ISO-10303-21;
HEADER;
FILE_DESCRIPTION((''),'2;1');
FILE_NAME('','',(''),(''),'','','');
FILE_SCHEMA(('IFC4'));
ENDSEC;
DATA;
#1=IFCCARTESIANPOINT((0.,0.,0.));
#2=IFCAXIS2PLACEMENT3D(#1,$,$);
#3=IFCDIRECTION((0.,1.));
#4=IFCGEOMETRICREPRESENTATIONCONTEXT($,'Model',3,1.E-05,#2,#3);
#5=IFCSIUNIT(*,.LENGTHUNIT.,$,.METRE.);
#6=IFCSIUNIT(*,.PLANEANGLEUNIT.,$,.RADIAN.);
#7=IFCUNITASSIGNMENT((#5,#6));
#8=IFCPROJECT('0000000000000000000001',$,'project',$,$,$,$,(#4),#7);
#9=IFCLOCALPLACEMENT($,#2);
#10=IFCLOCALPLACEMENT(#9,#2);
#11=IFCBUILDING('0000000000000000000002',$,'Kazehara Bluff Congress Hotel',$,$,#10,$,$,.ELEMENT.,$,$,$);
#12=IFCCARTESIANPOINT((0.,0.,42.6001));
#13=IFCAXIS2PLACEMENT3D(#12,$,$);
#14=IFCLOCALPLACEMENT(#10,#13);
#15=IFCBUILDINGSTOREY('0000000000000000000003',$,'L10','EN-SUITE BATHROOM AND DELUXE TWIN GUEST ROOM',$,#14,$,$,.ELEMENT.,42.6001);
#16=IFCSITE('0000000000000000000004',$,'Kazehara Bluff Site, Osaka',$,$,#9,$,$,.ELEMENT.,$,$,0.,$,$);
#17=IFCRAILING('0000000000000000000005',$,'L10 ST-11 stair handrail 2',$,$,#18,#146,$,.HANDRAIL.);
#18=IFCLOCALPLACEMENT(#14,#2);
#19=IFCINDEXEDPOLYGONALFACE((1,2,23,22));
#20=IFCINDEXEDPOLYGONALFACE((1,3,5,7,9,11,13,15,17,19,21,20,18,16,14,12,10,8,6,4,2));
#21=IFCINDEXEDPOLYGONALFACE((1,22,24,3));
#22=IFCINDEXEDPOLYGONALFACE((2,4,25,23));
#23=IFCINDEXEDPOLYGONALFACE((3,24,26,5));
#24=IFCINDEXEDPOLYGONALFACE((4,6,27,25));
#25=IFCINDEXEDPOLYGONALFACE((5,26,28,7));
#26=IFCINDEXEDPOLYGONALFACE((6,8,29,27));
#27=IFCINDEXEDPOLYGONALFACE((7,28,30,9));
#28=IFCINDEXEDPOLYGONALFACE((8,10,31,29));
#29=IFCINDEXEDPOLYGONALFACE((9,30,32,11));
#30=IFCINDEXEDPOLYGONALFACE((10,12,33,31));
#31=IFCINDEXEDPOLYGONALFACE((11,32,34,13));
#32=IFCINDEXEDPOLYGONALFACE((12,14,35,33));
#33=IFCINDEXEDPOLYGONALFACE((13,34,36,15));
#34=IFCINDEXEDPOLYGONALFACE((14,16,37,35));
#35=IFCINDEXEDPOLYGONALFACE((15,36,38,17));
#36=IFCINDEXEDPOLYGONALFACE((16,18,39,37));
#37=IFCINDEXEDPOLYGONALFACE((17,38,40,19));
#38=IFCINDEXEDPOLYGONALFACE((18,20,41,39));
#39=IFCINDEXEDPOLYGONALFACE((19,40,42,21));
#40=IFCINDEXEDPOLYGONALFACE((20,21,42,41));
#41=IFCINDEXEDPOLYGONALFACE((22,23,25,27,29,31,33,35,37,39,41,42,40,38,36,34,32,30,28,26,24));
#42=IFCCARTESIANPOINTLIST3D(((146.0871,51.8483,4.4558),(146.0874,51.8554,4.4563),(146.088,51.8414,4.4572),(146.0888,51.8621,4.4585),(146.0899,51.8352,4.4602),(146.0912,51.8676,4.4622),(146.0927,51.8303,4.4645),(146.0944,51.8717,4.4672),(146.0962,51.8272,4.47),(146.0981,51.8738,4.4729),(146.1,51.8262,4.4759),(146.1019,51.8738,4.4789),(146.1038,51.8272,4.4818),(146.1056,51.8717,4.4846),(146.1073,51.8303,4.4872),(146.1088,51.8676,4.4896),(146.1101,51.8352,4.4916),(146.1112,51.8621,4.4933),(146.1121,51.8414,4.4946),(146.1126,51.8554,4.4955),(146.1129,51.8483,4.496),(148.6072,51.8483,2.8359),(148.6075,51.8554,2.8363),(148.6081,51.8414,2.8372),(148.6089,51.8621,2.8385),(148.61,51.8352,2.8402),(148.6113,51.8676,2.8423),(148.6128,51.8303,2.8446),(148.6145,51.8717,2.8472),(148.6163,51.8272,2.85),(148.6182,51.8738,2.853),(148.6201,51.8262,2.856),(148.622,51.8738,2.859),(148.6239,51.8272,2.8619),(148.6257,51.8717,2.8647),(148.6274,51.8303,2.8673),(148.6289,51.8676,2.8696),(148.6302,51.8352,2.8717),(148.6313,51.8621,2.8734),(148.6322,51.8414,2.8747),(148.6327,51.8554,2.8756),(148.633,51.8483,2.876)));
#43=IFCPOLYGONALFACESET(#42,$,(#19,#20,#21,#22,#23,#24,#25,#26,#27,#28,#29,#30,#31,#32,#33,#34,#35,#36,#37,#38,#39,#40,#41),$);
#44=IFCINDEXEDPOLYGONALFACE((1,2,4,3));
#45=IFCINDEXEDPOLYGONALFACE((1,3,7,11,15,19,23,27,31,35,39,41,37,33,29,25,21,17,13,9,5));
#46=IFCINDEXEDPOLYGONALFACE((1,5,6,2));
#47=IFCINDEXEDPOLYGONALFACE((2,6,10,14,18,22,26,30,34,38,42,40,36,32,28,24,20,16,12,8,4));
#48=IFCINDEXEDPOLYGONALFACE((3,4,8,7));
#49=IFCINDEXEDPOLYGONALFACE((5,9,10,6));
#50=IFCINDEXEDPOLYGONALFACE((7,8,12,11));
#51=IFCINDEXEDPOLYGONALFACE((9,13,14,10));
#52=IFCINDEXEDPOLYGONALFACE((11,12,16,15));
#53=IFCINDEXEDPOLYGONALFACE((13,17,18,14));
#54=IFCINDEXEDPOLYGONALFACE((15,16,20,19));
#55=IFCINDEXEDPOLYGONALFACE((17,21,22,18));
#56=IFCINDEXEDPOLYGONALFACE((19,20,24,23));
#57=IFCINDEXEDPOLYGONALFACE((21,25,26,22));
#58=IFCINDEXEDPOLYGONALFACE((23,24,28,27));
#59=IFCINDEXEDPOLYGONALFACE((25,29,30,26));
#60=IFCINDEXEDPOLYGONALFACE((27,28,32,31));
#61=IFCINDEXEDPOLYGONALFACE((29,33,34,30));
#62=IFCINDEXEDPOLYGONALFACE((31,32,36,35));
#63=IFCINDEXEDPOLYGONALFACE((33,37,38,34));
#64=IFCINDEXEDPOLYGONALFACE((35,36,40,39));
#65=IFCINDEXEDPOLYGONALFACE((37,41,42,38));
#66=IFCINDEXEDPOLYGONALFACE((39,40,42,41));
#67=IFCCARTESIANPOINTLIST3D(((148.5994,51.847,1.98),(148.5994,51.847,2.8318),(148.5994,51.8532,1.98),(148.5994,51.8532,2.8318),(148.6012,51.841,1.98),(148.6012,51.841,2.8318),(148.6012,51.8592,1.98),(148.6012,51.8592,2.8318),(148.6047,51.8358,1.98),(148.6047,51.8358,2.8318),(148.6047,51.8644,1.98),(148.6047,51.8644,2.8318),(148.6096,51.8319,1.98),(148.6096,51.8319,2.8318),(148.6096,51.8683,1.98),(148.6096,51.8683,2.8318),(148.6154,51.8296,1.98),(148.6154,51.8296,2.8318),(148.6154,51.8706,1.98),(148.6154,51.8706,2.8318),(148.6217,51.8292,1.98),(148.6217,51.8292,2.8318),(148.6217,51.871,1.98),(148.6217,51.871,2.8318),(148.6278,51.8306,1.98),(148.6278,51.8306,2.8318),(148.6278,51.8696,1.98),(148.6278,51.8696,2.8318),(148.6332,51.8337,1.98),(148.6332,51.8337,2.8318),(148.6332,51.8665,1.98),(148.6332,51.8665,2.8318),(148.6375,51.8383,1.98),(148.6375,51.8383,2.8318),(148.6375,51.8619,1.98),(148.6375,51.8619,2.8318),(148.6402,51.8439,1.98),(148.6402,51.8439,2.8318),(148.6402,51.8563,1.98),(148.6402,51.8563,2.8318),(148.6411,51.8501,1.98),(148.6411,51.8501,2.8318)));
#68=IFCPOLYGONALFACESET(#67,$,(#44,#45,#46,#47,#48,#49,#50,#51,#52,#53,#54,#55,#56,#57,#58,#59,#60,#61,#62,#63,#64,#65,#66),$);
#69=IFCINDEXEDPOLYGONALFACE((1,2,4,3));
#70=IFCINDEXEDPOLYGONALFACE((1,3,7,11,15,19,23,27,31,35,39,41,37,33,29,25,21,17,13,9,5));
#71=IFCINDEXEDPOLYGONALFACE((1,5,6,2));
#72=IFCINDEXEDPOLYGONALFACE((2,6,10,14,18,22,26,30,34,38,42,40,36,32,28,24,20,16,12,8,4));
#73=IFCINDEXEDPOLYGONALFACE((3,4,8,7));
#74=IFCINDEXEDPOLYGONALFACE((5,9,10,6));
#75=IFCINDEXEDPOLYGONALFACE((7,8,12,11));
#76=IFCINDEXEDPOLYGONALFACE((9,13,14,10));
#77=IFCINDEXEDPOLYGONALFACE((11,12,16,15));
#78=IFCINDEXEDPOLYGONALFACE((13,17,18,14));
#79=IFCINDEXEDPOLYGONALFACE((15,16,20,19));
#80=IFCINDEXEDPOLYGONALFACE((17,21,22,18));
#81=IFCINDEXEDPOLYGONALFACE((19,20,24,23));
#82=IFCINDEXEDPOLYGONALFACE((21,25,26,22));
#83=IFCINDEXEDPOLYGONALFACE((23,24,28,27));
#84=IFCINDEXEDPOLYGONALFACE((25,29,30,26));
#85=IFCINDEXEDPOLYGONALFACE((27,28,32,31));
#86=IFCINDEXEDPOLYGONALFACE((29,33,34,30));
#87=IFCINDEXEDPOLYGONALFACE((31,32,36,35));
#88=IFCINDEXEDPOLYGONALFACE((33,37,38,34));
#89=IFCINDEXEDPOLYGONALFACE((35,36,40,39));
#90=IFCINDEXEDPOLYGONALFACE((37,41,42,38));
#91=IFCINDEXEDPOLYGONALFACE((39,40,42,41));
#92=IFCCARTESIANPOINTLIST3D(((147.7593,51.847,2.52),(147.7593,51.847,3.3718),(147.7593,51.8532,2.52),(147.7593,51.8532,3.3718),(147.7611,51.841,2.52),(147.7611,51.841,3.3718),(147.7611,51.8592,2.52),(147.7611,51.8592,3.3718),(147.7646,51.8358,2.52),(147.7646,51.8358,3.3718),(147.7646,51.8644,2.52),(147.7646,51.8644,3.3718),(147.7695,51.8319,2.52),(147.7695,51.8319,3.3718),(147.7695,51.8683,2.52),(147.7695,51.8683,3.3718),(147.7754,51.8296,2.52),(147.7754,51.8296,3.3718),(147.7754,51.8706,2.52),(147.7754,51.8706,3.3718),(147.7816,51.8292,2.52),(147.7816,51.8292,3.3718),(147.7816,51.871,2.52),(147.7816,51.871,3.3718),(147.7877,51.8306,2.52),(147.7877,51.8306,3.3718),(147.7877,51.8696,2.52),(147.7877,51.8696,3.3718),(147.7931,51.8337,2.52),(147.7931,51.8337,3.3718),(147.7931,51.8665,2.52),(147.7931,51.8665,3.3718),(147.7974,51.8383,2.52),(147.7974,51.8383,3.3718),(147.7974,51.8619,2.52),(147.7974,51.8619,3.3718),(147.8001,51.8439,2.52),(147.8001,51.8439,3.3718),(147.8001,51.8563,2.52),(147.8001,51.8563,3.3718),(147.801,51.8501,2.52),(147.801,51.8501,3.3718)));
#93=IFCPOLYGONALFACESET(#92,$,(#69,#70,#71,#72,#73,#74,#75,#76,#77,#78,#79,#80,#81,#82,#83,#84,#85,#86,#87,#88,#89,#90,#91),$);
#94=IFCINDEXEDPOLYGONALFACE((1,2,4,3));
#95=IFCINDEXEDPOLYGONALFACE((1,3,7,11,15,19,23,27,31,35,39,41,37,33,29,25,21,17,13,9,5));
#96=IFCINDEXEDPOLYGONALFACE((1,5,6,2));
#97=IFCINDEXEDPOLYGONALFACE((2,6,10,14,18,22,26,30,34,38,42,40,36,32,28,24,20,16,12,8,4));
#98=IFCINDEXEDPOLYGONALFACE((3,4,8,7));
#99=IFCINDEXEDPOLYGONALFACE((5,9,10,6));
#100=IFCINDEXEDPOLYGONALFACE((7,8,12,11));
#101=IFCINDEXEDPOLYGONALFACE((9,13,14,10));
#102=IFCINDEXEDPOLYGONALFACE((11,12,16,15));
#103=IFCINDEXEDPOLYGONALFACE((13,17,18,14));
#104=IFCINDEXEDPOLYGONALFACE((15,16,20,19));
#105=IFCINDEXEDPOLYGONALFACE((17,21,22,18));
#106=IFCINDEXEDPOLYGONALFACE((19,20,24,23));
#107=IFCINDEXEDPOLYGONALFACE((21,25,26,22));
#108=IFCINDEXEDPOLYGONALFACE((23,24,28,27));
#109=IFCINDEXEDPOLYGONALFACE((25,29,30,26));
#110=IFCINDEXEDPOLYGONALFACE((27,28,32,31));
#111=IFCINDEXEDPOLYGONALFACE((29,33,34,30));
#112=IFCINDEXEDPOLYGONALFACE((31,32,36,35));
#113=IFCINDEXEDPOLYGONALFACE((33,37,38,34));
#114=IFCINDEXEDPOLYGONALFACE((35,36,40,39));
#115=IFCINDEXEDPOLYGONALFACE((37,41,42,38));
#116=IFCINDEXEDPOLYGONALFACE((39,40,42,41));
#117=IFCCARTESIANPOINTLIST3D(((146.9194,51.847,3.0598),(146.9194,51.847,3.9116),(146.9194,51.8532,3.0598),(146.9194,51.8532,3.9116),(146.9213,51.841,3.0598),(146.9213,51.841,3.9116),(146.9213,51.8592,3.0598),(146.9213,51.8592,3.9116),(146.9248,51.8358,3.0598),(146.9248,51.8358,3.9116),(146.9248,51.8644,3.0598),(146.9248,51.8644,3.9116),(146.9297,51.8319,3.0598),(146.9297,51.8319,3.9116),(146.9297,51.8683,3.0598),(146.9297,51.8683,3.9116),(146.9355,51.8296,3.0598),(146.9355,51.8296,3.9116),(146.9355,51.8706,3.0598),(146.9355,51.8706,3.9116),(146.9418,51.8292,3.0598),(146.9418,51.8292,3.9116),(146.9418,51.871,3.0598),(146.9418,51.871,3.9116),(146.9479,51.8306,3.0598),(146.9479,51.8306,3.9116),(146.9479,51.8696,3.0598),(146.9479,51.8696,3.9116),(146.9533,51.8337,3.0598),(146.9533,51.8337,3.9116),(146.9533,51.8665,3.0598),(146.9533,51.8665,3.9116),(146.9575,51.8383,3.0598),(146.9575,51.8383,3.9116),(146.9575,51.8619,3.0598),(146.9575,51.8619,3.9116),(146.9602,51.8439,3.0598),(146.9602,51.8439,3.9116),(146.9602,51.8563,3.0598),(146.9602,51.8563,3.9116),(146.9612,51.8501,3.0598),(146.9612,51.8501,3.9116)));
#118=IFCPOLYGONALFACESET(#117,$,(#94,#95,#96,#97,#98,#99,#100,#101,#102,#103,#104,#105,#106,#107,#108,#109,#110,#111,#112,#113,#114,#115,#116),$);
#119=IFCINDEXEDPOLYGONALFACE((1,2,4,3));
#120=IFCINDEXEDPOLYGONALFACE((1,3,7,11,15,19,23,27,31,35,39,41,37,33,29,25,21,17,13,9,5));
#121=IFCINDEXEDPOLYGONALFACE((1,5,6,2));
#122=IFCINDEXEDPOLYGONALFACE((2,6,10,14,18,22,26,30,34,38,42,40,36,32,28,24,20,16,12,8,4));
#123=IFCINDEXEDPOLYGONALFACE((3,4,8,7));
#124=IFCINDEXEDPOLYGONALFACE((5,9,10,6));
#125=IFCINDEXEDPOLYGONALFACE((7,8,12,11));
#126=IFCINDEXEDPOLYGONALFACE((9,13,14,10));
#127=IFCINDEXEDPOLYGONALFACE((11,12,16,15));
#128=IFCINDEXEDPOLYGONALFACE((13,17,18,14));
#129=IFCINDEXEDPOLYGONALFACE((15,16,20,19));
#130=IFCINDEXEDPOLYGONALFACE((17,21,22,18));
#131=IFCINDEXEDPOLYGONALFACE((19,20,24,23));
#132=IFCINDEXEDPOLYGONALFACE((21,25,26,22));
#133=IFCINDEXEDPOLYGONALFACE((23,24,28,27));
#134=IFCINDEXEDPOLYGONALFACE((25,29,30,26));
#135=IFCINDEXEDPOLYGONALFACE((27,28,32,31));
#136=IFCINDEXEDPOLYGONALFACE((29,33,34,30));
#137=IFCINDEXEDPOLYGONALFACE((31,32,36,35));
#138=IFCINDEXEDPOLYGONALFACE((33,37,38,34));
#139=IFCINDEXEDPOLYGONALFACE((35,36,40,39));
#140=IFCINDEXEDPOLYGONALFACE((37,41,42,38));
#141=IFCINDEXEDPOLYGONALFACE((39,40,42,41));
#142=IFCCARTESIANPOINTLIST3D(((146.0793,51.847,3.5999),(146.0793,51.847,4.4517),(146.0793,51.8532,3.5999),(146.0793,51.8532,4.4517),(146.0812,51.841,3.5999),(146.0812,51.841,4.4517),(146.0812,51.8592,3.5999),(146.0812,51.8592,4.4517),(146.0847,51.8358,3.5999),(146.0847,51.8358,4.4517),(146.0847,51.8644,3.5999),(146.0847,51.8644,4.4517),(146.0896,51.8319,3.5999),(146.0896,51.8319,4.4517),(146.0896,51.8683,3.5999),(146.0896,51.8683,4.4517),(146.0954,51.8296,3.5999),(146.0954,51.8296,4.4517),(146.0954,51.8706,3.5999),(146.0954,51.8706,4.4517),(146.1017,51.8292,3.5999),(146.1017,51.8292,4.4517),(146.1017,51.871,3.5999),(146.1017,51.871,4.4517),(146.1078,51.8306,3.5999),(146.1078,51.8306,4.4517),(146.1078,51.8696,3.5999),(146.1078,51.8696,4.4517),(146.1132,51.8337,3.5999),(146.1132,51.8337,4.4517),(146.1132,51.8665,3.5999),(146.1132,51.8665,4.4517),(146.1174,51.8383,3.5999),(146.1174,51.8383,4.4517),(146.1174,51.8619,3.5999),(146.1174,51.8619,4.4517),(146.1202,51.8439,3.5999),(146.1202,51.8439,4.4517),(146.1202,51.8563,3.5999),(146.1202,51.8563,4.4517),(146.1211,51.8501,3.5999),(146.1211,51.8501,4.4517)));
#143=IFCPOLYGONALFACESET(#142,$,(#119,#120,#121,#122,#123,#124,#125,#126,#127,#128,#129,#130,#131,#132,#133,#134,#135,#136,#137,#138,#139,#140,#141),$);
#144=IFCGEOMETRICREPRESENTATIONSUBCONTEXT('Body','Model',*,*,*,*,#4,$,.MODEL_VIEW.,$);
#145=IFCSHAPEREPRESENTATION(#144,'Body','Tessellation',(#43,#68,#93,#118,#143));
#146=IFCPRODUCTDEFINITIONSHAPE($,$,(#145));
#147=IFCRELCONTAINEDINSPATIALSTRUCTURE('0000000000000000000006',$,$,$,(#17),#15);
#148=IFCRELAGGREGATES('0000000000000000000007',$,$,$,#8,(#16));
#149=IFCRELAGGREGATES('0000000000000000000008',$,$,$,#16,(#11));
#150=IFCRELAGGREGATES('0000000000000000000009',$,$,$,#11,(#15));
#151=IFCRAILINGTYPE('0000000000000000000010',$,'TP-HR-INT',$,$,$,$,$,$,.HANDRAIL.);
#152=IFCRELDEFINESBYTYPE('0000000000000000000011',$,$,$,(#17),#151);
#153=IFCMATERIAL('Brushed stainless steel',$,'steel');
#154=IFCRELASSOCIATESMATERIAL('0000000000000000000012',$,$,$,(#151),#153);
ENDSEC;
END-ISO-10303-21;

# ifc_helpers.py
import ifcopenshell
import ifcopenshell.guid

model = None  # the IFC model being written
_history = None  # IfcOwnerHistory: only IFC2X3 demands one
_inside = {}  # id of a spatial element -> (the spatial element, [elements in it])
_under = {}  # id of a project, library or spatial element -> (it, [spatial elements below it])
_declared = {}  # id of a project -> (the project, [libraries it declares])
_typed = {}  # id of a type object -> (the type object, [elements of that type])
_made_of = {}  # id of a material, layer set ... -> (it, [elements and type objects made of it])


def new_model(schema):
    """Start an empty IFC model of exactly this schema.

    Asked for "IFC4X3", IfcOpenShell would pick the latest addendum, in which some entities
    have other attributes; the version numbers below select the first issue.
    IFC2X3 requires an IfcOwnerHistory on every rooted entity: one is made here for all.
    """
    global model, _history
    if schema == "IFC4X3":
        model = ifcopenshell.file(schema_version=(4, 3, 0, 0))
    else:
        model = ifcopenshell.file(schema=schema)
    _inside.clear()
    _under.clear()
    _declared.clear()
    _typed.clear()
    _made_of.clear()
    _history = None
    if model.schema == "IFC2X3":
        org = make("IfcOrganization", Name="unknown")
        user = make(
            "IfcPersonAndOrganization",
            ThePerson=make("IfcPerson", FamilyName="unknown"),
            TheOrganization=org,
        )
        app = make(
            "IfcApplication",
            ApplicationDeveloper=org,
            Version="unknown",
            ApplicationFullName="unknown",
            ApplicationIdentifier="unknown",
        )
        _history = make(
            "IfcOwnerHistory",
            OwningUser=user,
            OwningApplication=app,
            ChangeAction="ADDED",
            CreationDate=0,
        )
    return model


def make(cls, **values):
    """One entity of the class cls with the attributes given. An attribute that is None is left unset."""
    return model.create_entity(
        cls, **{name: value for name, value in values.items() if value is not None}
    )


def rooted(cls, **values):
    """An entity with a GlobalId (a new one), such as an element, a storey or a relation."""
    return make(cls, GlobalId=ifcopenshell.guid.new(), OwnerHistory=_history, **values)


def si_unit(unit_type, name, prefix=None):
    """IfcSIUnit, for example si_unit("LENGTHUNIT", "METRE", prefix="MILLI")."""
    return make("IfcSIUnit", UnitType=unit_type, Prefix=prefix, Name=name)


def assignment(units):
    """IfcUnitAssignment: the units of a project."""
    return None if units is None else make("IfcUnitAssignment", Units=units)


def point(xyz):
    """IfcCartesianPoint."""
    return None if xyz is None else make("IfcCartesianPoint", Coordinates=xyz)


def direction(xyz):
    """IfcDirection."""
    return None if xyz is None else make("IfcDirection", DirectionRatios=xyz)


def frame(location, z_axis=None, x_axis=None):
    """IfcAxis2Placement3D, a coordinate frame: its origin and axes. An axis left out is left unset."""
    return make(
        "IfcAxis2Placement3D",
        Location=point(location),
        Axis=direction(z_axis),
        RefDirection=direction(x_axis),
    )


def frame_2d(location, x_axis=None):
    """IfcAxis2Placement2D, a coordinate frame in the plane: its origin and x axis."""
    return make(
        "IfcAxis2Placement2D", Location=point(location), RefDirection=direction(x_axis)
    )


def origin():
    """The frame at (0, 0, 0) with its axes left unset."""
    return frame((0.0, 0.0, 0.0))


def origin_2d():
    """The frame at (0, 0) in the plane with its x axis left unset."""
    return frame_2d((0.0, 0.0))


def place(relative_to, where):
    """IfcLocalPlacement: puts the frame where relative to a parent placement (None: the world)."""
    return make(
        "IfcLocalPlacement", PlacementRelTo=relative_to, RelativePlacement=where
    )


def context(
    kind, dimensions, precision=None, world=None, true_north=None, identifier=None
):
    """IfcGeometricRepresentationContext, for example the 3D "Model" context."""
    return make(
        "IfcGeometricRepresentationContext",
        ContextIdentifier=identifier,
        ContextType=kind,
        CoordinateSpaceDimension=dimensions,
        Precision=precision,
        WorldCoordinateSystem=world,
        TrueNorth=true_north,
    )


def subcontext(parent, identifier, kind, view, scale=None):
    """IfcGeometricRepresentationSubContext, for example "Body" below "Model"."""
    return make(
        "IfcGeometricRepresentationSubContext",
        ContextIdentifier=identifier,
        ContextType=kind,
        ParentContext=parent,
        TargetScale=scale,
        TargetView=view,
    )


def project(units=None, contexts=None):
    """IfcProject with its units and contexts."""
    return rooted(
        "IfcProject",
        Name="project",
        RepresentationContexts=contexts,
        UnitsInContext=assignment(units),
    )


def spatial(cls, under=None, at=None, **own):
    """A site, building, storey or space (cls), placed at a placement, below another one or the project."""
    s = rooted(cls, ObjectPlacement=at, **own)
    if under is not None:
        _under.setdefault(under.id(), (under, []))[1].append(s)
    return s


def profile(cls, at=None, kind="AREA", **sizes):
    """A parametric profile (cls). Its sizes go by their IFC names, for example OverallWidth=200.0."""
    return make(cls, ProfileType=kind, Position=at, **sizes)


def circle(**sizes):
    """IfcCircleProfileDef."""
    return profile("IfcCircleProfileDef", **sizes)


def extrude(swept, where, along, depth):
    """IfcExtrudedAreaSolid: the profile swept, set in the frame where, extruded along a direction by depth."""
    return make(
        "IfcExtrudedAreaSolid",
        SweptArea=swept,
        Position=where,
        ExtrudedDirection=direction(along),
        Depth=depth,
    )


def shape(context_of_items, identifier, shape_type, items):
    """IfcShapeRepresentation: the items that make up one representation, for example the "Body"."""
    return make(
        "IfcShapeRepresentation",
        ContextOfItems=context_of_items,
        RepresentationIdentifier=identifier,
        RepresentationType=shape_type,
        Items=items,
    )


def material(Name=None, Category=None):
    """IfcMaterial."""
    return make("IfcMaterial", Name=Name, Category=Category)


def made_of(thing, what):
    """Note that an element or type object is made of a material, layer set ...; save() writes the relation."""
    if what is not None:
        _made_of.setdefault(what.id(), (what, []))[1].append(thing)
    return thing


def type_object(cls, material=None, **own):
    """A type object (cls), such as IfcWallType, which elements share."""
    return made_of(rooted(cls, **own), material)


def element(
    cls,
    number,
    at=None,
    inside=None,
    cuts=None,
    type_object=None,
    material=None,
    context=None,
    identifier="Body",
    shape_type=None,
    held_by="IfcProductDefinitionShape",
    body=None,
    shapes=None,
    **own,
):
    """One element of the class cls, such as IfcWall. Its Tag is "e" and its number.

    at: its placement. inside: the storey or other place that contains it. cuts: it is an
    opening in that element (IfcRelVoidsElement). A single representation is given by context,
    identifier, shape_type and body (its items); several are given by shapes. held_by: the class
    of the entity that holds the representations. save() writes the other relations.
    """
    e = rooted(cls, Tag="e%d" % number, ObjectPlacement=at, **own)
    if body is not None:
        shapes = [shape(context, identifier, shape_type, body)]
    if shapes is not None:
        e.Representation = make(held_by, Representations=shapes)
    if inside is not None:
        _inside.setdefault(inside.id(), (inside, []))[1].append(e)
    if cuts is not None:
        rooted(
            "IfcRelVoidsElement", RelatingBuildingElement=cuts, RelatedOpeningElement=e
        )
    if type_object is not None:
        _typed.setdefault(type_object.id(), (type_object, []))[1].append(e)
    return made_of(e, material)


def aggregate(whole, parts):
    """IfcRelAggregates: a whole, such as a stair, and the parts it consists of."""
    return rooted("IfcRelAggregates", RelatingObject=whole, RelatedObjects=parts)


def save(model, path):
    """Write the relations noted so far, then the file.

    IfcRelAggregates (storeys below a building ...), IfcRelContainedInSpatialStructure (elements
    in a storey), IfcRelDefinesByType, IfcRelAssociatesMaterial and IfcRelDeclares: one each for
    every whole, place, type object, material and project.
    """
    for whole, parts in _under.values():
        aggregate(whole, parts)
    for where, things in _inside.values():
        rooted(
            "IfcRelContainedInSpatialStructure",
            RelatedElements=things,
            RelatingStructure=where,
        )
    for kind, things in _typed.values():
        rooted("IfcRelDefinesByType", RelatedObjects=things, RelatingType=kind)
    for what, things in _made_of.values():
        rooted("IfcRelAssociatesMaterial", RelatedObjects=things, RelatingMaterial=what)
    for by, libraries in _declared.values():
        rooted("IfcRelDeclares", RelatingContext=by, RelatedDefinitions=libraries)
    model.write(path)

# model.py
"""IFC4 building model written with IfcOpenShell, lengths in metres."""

from ifc_helpers import new_model, si_unit, direction, frame, origin, origin_2d, place, context, subcontext, project, spatial, circle, extrude, material, type_object, element, save


model = new_model("IFC4")

# Units and contexts
model_context = context("Model", 3, precision=1e-05, world=origin(), true_north=direction((0.0, 1.0)))
body_context = subcontext(model_context, "Body", "Model", "MODEL_VIEW")
ifc_project = project(units=[si_unit("LENGTHUNIT", "METRE"), si_unit("PLANEANGLEUNIT", "RADIAN")], contexts=[model_context])

# Site, building, storey
site_placement = place(None, origin())
site = spatial("IfcSite", under=ifc_project, at=site_placement, Name="Kazehara Bluff Site, Osaka", CompositionType="ELEMENT", RefElevation=0.0)
building_placement = place(site_placement, origin())
building = spatial("IfcBuilding", under=site, at=building_placement, Name="Kazehara Bluff Congress Hotel", CompositionType="ELEMENT")
storey_placement = place(building_placement, frame((0.0, 0.0, 42.6001)))
storey = spatial("IfcBuildingStorey", under=building, at=storey_placement, Name="L10", Description="EN-SUITE BATHROOM AND DELUXE TWIN GUEST ROOM", CompositionType="ELEMENT", Elevation=42.6001)

# Railing
ifc_material_1 = material(Name="Brushed stainless steel", Category="steel")
railing_type_1 = type_object("IfcRailingType", Name="TP-HR-INT", PredefinedType="HANDRAIL", material=ifc_material_1)
railing_1_placement = place(storey_placement, frame((148.6201, 51.8501, 1.98)))
element("IfcRailing", 1, at=railing_1_placement, inside=storey, type_object=railing_type_1, Name="L10 ST-11 stair handrail 2", PredefinedType="HANDRAIL", context=body_context, shape_type="SweptSolid", body=[
    extrude(circle(Radius=0.0239, at=origin_2d()), frame((0.0, 0.0, 0.876), z_axis=(-0.8412, 0.0, 0.540725), x_axis=(0.0, -1.0, 0.0)), (0.0, 0.0, 1.0), 2.9958),
    extrude(circle(Radius=0.021, at=origin_2d()), origin(), (0.0, 0.0, 1.0), 0.8518),
    extrude(circle(Radius=0.021, at=origin_2d()), frame((-0.8401, 0.0, 0.54)), (0.0, 0.0, 1.0), 0.8518),
    extrude(circle(Radius=0.021, at=origin_2d()), frame((-1.6799, 0.0, 1.0798)), (0.0, 0.0, 1.0), 0.8518),
    extrude(circle(Radius=0.021, at=origin_2d()), frame((-2.52, 0.0, 1.6199)), (0.0, 0.0, 1.0), 0.8518),
])

save(model, "model.ifc")
